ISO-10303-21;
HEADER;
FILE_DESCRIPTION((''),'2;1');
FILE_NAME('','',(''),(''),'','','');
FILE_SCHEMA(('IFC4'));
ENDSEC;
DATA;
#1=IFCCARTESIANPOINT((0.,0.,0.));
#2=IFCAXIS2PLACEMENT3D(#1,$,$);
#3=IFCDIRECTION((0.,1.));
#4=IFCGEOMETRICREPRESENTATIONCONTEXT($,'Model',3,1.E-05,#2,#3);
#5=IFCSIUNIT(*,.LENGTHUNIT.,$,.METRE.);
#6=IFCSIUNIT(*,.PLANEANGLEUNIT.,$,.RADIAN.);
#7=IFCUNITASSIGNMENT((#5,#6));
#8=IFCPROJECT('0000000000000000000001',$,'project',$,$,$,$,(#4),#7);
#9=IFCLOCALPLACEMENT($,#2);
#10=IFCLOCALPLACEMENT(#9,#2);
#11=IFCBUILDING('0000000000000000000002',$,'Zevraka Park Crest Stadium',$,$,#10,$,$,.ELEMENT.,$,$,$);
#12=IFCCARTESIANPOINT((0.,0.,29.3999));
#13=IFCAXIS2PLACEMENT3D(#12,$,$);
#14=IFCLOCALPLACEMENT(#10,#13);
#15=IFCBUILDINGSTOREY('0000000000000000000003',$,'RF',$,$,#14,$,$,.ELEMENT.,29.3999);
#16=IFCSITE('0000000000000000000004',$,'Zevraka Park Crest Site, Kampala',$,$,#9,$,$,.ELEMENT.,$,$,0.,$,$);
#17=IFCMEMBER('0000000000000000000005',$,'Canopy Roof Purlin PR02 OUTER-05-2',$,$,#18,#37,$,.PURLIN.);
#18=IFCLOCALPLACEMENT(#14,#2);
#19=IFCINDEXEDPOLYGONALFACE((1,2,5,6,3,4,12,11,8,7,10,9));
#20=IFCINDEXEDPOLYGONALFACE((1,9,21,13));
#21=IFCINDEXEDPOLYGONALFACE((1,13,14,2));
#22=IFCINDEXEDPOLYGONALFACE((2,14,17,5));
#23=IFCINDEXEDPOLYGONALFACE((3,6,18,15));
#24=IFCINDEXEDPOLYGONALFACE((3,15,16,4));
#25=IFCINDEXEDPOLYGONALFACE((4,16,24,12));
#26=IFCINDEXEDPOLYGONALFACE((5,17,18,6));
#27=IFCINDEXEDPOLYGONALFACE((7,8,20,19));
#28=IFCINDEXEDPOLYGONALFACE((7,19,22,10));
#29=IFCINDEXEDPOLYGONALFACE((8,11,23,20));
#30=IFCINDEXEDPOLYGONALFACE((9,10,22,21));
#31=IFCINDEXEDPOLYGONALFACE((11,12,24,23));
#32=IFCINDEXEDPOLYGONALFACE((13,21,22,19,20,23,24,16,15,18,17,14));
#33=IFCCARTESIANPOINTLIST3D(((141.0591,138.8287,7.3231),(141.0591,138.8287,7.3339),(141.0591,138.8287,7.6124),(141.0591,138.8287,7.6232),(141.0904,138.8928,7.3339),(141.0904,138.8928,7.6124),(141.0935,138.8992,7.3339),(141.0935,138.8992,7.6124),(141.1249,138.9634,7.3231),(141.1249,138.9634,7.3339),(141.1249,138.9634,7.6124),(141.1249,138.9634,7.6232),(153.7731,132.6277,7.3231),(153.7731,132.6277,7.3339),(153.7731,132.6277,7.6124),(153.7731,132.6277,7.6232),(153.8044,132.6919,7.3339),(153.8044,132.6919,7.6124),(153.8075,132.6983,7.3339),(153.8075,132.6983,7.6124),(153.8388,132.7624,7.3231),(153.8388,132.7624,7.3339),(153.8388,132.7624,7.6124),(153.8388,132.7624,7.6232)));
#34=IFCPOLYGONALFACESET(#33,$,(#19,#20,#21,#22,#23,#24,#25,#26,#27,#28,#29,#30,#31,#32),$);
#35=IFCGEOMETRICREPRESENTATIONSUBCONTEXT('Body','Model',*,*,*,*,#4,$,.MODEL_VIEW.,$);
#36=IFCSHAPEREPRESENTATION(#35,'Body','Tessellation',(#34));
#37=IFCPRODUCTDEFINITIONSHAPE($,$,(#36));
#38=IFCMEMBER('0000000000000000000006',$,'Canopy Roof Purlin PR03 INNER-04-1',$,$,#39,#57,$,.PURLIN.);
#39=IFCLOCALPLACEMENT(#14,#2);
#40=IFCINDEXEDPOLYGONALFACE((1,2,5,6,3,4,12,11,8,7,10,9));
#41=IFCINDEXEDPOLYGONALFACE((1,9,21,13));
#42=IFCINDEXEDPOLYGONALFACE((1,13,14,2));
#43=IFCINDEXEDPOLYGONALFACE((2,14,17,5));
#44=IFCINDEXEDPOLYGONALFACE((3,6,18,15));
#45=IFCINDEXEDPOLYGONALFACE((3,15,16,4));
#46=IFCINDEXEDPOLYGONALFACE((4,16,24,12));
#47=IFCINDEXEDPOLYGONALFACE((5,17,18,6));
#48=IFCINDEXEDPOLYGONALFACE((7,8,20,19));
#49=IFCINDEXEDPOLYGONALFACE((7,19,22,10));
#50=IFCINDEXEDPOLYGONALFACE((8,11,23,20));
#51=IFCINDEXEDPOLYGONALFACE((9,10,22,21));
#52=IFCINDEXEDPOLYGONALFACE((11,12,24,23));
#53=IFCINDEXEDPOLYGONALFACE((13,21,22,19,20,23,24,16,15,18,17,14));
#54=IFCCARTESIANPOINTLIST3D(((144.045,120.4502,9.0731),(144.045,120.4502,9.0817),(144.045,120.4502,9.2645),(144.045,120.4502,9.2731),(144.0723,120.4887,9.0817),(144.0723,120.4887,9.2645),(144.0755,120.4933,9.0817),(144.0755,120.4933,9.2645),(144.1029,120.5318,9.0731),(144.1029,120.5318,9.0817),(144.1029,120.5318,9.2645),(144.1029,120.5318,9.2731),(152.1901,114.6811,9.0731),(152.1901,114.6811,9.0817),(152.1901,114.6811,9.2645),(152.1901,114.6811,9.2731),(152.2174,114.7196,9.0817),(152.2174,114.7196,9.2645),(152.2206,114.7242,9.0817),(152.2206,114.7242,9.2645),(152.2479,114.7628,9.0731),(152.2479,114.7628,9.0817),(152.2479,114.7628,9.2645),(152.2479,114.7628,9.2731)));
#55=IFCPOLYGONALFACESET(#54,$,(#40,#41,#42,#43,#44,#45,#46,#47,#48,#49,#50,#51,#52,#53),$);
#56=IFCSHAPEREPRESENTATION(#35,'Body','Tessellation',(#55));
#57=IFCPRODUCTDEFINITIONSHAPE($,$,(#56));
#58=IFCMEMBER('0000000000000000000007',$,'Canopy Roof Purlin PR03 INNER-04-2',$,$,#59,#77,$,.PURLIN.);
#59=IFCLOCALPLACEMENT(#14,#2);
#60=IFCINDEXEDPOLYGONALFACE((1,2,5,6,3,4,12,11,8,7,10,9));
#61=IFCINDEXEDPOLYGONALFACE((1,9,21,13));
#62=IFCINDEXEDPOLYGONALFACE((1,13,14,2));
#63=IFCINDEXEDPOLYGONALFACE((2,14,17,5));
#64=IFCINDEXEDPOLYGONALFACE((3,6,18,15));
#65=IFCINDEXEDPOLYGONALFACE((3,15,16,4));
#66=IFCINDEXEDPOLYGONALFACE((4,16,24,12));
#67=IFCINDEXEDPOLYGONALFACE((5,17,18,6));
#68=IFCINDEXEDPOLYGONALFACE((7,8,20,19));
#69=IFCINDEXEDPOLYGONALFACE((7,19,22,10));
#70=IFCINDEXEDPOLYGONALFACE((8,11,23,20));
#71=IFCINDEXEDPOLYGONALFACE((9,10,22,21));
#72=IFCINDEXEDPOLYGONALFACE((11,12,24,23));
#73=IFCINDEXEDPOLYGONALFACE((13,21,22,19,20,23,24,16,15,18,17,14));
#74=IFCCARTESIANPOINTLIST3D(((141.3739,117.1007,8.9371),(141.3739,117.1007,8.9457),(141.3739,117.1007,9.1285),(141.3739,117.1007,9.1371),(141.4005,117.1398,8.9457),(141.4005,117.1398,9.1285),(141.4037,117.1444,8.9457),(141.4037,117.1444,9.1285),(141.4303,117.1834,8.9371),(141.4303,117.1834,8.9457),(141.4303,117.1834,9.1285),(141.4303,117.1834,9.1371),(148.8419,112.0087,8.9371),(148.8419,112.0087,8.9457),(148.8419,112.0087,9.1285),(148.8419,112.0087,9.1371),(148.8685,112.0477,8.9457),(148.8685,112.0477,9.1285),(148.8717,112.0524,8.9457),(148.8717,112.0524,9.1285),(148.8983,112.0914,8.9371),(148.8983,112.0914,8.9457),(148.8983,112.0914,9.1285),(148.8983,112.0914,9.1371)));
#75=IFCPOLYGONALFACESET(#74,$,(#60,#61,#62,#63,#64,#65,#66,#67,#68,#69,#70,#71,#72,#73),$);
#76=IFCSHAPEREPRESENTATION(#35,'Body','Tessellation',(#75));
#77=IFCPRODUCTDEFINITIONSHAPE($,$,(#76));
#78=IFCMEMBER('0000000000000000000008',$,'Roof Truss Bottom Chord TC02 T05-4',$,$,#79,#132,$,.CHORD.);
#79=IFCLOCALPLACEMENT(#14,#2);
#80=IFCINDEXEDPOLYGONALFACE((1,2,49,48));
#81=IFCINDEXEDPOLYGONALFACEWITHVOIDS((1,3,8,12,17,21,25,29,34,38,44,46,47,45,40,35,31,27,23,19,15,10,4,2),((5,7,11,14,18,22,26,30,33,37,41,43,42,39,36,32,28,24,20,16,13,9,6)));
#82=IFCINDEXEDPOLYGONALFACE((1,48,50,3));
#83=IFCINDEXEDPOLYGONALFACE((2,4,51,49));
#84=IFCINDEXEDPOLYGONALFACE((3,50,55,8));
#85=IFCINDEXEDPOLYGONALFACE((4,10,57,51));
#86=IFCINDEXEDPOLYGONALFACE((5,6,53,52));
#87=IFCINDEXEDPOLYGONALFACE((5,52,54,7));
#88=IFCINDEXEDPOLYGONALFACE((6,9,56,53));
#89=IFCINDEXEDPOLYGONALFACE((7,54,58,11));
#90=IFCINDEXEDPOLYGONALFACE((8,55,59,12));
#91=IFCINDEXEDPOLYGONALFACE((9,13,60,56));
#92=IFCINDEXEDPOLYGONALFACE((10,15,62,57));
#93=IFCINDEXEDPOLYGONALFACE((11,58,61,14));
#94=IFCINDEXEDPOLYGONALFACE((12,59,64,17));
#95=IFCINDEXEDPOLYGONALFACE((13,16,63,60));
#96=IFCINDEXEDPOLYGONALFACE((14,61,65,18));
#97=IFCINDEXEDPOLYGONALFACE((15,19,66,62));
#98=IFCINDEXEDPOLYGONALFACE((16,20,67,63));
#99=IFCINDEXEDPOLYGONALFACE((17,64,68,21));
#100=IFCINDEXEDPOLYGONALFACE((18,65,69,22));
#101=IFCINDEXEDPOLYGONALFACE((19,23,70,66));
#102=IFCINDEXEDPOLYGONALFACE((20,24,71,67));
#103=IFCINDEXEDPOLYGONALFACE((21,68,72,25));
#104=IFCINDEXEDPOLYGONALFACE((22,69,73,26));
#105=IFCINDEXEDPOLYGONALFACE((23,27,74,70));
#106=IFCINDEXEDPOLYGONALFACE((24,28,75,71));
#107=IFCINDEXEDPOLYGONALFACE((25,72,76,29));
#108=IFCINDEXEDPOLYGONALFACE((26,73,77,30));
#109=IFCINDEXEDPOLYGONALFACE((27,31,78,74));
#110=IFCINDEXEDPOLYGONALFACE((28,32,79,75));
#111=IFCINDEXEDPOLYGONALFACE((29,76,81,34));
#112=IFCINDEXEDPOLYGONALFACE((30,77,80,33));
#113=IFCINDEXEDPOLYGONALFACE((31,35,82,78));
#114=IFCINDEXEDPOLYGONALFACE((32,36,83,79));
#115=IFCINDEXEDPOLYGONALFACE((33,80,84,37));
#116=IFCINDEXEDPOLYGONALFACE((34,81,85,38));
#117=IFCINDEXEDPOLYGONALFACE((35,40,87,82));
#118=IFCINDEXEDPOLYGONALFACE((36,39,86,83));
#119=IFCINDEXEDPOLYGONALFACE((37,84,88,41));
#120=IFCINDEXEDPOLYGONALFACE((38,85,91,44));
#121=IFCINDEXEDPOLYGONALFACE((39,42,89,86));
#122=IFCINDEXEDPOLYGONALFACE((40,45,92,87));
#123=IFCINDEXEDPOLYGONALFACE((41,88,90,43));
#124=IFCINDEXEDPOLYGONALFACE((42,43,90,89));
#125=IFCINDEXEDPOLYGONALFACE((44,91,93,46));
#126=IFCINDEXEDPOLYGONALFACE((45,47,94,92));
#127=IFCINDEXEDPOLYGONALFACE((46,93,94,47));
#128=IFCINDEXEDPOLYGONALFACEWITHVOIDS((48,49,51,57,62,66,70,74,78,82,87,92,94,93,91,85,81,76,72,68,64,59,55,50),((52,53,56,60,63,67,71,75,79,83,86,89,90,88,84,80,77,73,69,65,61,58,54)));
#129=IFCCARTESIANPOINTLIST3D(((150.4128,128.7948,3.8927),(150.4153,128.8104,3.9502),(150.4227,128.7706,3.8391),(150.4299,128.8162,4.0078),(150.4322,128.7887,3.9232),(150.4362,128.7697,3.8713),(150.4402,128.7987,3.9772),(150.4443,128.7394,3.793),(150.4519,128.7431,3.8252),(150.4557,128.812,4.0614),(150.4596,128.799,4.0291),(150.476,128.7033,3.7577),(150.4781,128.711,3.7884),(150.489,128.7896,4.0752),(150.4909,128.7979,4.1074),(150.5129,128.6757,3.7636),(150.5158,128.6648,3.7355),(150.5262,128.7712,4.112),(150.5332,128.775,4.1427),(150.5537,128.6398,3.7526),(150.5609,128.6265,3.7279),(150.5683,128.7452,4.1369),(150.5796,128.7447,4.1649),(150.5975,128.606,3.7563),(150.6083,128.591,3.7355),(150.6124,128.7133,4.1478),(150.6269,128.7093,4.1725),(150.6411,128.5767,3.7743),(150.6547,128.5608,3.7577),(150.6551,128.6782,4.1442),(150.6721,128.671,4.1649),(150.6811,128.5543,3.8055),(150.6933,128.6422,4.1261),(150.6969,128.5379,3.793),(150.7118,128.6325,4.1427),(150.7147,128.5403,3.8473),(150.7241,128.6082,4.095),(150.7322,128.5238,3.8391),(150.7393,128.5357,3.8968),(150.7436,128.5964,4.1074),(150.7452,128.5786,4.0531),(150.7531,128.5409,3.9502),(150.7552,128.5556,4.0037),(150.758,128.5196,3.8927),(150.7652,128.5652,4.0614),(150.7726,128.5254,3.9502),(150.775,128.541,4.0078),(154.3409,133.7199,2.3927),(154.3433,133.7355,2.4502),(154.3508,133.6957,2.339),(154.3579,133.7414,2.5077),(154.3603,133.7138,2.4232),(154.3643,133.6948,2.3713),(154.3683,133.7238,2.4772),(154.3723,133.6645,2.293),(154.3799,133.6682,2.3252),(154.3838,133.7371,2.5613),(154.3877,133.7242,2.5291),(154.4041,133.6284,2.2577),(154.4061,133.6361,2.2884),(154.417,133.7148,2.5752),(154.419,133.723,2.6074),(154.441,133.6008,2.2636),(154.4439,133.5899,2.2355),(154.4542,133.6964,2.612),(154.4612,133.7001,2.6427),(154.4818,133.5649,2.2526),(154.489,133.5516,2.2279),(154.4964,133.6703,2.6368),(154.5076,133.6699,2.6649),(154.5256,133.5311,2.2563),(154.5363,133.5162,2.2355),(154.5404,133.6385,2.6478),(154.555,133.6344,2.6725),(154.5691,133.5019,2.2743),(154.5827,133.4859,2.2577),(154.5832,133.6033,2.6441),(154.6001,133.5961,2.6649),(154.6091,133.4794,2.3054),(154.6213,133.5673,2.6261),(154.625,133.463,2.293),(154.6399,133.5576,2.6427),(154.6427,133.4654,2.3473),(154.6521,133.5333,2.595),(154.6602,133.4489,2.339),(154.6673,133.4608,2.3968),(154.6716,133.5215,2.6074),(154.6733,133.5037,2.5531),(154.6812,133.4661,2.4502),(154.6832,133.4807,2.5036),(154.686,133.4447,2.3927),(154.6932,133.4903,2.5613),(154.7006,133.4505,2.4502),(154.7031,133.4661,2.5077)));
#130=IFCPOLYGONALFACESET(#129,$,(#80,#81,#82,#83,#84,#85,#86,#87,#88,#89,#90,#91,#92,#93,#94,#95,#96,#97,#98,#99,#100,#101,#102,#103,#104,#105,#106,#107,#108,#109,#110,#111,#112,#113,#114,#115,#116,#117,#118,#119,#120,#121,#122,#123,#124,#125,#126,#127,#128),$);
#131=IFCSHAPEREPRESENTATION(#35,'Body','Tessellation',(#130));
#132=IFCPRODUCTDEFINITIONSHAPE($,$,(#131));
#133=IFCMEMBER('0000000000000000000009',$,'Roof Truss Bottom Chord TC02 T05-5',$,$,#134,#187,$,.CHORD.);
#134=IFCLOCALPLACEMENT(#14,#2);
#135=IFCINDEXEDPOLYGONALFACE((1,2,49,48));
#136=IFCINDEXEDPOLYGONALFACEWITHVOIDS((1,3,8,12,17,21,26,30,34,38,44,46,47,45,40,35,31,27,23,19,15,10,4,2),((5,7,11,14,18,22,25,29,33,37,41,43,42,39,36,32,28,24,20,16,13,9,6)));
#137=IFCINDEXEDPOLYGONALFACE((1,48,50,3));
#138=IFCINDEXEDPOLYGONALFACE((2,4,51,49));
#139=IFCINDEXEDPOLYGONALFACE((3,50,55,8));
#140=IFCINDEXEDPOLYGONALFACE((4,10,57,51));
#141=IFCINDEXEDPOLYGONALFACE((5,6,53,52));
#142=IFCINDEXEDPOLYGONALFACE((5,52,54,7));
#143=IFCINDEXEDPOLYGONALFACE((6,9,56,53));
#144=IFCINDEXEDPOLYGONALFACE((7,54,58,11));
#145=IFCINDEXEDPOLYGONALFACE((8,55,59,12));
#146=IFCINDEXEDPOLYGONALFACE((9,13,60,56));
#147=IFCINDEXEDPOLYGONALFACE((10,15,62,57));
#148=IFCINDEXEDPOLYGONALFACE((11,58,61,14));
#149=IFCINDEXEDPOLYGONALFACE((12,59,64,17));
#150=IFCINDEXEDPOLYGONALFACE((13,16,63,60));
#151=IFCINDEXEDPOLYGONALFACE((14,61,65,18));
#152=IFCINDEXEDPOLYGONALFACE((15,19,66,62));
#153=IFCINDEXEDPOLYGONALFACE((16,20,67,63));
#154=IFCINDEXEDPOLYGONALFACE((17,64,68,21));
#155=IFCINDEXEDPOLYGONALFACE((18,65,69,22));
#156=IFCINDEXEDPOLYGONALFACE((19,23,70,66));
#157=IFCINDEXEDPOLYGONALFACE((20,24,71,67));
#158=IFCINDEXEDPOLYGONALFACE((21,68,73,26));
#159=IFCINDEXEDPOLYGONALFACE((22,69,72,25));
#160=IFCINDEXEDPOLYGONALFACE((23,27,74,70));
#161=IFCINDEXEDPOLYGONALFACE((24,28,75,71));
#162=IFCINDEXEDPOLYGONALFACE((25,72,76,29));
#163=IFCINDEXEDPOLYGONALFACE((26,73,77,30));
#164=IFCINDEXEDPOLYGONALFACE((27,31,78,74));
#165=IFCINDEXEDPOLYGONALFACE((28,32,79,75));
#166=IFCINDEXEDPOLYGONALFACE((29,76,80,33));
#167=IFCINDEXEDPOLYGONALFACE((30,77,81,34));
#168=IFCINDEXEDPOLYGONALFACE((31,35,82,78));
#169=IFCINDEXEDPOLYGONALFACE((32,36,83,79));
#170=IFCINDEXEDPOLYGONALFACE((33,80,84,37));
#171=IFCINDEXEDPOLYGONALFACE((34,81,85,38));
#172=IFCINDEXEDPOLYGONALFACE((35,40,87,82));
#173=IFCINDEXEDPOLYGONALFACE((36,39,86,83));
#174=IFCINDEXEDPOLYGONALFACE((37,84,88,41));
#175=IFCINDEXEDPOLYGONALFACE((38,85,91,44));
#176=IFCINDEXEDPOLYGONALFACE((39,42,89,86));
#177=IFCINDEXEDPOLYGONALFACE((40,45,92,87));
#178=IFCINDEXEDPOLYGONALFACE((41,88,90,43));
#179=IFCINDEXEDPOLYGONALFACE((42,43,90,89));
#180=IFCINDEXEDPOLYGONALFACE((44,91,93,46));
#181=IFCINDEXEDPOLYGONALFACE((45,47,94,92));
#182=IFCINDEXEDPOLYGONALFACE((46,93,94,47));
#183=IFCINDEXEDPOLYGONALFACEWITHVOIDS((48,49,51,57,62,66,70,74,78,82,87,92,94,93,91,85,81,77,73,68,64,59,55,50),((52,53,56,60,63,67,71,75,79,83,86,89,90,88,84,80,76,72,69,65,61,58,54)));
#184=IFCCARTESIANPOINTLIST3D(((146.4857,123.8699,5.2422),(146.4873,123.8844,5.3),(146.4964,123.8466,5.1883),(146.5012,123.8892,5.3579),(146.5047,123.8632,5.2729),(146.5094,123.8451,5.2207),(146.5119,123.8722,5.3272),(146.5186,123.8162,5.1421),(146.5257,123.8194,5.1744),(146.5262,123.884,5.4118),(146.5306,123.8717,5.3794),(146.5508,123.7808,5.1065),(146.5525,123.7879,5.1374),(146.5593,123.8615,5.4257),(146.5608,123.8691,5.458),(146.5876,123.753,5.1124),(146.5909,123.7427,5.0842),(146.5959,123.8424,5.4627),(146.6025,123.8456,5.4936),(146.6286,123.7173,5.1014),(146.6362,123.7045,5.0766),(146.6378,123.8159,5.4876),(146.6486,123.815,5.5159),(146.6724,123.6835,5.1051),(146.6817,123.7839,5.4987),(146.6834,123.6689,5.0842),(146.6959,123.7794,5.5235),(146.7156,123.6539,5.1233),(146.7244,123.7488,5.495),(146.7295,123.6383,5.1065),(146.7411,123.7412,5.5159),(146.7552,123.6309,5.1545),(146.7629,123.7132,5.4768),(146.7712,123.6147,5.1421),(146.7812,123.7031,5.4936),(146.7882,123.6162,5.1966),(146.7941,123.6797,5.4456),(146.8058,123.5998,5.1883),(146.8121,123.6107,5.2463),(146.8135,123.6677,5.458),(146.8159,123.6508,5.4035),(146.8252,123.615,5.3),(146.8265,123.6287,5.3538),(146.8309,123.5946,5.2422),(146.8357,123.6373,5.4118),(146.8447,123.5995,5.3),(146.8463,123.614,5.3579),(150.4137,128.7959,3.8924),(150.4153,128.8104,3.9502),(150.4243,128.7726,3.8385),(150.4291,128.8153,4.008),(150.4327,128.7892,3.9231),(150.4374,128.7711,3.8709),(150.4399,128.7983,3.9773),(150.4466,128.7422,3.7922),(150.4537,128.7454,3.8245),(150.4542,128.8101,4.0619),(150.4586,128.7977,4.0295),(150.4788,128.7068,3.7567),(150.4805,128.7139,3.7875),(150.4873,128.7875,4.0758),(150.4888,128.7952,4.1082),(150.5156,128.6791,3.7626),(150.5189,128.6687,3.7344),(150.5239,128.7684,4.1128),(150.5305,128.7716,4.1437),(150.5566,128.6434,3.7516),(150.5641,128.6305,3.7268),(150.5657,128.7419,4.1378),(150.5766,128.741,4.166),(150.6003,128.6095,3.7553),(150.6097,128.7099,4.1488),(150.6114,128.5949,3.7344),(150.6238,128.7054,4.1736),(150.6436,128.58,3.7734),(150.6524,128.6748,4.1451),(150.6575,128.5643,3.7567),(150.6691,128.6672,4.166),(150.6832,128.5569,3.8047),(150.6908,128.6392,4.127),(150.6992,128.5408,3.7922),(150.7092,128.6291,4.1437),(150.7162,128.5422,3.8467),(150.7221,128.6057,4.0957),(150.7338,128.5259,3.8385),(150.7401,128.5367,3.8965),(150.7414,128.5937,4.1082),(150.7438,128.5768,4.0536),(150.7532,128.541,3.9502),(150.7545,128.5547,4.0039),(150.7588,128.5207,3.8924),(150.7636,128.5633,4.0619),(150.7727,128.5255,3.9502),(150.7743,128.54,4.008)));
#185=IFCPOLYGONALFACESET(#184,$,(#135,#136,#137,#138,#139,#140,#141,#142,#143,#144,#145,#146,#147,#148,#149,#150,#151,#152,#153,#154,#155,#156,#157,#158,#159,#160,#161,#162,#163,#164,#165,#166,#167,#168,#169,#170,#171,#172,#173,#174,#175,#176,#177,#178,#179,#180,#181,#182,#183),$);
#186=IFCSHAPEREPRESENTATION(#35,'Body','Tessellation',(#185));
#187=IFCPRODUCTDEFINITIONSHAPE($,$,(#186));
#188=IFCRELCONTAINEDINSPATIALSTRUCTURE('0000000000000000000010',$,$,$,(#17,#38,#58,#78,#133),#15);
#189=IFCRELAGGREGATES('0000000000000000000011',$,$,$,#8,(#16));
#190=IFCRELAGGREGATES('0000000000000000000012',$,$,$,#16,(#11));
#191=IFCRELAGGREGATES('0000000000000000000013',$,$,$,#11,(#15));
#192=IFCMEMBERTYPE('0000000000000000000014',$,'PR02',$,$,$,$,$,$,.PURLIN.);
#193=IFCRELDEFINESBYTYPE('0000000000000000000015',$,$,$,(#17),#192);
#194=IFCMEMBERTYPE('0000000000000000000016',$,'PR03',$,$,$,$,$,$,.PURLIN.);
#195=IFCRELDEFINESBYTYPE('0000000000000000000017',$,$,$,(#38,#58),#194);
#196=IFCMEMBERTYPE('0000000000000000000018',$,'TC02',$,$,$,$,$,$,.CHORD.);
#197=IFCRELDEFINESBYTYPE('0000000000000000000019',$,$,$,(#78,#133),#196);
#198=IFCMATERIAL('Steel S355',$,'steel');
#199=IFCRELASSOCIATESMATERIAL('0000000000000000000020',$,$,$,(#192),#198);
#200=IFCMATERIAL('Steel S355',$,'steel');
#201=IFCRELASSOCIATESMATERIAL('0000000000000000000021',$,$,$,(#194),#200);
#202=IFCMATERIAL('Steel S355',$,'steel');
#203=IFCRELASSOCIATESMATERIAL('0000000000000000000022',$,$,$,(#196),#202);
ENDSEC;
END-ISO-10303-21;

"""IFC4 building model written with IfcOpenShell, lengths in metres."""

from ifc_helpers import new_model, si_unit, direction, frame, origin, origin_2d, place, context, subcontext, project, spatial, hollow_circle, i_section, extrude, material, material_profile, profile_set, type_object, element, save


model = new_model("IFC4")

# Units and contexts
model_context = context("Model", 3, precision=1e-05, world=origin(), true_north=direction((0.0, 1.0)))
body_context = subcontext(model_context, "Body", "Model", "MODEL_VIEW")
ifc_project = project(units=[si_unit("LENGTHUNIT", "METRE"), si_unit("PLANEANGLEUNIT", "RADIAN")], contexts=[model_context])

# Site, building, storey
site_placement = place(None, origin())
site = spatial("IfcSite", under=ifc_project, at=site_placement, Name="Zevraka Park Crest Site, Kampala", CompositionType="ELEMENT", RefElevation=0.0)
building_placement = place(site_placement, origin())
building = spatial("IfcBuilding", under=site, at=building_placement, Name="Zevraka Park Crest Stadium", CompositionType="ELEMENT")
storey_placement = place(building_placement, frame((0.0, 0.0, 29.3999)))
storey = spatial("IfcBuildingStorey", under=building, at=storey_placement, Name="RF", CompositionType="ELEMENT", Elevation=29.3999)

# Members
ifc_material_1 = material(Name="Steel S355", Category="steel")
ifc_material_profile_1 = material_profile(ifc_material_1, i_section(OverallWidth=0.1499, OverallDepth=0.3, WebThickness=0.0071, FlangeThickness=0.0107, at=origin_2d()), Name="IPE 300")
ifc_profile_set_1 = profile_set([ifc_material_profile_1], Name="Steel S355")
member_type_1 = type_object("IfcMemberType", Name="PR02", PredefinedType="PURLIN", material=ifc_profile_set_1)
member_1_placement = place(storey_placement, frame((153.8059, 132.6951, 7.4731), z_axis=(-0.898795, 0.438369, 0.0), x_axis=(-0.438369, -0.898795, 0.0)))
element("IfcMember", 1, at=member_1_placement, inside=storey, type_object=member_type_1, Name="Canopy Roof Purlin PR02 OUTER-05-2", PredefinedType="PURLIN", context=body_context, shape_type="SweptSolid", body=[
    extrude(i_section(OverallWidth=0.1499, OverallDepth=0.3, WebThickness=0.0071, FlangeThickness=0.0107, at=origin_2d()), origin(), (0.0, 0.0, 1.0), 14.1455),
])
ifc_material_2 = material(Name="Steel S355", Category="steel")
ifc_material_profile_2 = material_profile(ifc_material_2, i_section(OverallWidth=0.1001, OverallDepth=0.2, WebThickness=0.0056, FlangeThickness=0.0085, at=origin_2d()), Name="IPE 200")
ifc_profile_set_2 = profile_set([ifc_material_profile_2], Name="Steel S355")
member_type_2 = type_object("IfcMemberType", Name="PR03", PredefinedType="PURLIN", material=ifc_profile_set_2)
member_2_placement = place(storey_placement, frame((152.219, 114.7219, 9.1731), z_axis=(-0.816041, 0.577994, 0.0), x_axis=(-0.577994, -0.816041, 0.0)))
element("IfcMember", 2, at=member_2_placement, inside=storey, type_object=member_type_2, Name="Canopy Roof Purlin PR03 INNER-04-1", PredefinedType="PURLIN", context=body_context, shape_type="SweptSolid", body=[
    extrude(i_section(OverallWidth=0.1001, OverallDepth=0.2, WebThickness=0.0056, FlangeThickness=0.0085, at=origin_2d()), origin(), (0.0, 0.0, 1.0), 9.9812),
])
member_3_placement = place(storey_placement, frame((148.8701, 112.05, 9.0371), z_axis=(-0.826216, 0.563353, 0.0), x_axis=(-0.563353, -0.826216, 0.0)))
element("IfcMember", 3, at=member_3_placement, inside=storey, type_object=member_type_2, Name="Canopy Roof Purlin PR03 INNER-04-2", PredefinedType="PURLIN", context=body_context, shape_type="SweptSolid", body=[
    extrude(i_section(OverallWidth=0.1001, OverallDepth=0.2, WebThickness=0.0056, FlangeThickness=0.0085, at=origin_2d()), origin(), (0.0, 0.0, 1.0), 9.0388),
])
ifc_material_3 = material(Name="Steel S355", Category="steel")
ifc_material_profile_3 = material_profile(ifc_material_3, hollow_circle(Radius=0.2285, WallThickness=0.0249, at=origin_2d()), Name="CHS 457.0x25")
ifc_profile_set_3 = profile_set([ifc_material_profile_3], Name="Steel S355")
member_type_3 = type_object("IfcMemberType", Name="TC02", PredefinedType="CHORD", material=ifc_profile_set_3)
member_4_placement = place(storey_placement, frame((154.522, 133.593, 2.4502), z_axis=(-0.606569, -0.760539, 0.231634), x_axis=(0.781802, -0.623527, 0.0)))
element("IfcMember", 4, at=member_4_placement, inside=storey, type_object=member_type_3, Name="Roof Truss Bottom Chord TC02 T05-4", PredefinedType="CHORD", context=body_context, shape_type="SweptSolid", body=[
    extrude(hollow_circle(Radius=0.2285, WallThickness=0.0249, at=origin_2d()), origin(), (0.0, 0.0, 1.0), 6.4758),
])
member_5_placement = place(storey_placement, frame((150.594, 128.668, 3.9502), z_axis=(-0.609617, -0.764512, 0.209495), x_axis=(0.781862, -0.623451, 0.0)))
element("IfcMember", 5, at=member_5_placement, inside=storey, type_object=member_type_3, Name="Roof Truss Bottom Chord TC02 T05-5", PredefinedType="CHORD", context=body_context, shape_type="SweptSolid", body=[
    extrude(hollow_circle(Radius=0.2285, WallThickness=0.0249, at=origin_2d()), origin(), (0.0, 0.0, 1.0), 6.4434),
])

save(model, "model.ifc")
